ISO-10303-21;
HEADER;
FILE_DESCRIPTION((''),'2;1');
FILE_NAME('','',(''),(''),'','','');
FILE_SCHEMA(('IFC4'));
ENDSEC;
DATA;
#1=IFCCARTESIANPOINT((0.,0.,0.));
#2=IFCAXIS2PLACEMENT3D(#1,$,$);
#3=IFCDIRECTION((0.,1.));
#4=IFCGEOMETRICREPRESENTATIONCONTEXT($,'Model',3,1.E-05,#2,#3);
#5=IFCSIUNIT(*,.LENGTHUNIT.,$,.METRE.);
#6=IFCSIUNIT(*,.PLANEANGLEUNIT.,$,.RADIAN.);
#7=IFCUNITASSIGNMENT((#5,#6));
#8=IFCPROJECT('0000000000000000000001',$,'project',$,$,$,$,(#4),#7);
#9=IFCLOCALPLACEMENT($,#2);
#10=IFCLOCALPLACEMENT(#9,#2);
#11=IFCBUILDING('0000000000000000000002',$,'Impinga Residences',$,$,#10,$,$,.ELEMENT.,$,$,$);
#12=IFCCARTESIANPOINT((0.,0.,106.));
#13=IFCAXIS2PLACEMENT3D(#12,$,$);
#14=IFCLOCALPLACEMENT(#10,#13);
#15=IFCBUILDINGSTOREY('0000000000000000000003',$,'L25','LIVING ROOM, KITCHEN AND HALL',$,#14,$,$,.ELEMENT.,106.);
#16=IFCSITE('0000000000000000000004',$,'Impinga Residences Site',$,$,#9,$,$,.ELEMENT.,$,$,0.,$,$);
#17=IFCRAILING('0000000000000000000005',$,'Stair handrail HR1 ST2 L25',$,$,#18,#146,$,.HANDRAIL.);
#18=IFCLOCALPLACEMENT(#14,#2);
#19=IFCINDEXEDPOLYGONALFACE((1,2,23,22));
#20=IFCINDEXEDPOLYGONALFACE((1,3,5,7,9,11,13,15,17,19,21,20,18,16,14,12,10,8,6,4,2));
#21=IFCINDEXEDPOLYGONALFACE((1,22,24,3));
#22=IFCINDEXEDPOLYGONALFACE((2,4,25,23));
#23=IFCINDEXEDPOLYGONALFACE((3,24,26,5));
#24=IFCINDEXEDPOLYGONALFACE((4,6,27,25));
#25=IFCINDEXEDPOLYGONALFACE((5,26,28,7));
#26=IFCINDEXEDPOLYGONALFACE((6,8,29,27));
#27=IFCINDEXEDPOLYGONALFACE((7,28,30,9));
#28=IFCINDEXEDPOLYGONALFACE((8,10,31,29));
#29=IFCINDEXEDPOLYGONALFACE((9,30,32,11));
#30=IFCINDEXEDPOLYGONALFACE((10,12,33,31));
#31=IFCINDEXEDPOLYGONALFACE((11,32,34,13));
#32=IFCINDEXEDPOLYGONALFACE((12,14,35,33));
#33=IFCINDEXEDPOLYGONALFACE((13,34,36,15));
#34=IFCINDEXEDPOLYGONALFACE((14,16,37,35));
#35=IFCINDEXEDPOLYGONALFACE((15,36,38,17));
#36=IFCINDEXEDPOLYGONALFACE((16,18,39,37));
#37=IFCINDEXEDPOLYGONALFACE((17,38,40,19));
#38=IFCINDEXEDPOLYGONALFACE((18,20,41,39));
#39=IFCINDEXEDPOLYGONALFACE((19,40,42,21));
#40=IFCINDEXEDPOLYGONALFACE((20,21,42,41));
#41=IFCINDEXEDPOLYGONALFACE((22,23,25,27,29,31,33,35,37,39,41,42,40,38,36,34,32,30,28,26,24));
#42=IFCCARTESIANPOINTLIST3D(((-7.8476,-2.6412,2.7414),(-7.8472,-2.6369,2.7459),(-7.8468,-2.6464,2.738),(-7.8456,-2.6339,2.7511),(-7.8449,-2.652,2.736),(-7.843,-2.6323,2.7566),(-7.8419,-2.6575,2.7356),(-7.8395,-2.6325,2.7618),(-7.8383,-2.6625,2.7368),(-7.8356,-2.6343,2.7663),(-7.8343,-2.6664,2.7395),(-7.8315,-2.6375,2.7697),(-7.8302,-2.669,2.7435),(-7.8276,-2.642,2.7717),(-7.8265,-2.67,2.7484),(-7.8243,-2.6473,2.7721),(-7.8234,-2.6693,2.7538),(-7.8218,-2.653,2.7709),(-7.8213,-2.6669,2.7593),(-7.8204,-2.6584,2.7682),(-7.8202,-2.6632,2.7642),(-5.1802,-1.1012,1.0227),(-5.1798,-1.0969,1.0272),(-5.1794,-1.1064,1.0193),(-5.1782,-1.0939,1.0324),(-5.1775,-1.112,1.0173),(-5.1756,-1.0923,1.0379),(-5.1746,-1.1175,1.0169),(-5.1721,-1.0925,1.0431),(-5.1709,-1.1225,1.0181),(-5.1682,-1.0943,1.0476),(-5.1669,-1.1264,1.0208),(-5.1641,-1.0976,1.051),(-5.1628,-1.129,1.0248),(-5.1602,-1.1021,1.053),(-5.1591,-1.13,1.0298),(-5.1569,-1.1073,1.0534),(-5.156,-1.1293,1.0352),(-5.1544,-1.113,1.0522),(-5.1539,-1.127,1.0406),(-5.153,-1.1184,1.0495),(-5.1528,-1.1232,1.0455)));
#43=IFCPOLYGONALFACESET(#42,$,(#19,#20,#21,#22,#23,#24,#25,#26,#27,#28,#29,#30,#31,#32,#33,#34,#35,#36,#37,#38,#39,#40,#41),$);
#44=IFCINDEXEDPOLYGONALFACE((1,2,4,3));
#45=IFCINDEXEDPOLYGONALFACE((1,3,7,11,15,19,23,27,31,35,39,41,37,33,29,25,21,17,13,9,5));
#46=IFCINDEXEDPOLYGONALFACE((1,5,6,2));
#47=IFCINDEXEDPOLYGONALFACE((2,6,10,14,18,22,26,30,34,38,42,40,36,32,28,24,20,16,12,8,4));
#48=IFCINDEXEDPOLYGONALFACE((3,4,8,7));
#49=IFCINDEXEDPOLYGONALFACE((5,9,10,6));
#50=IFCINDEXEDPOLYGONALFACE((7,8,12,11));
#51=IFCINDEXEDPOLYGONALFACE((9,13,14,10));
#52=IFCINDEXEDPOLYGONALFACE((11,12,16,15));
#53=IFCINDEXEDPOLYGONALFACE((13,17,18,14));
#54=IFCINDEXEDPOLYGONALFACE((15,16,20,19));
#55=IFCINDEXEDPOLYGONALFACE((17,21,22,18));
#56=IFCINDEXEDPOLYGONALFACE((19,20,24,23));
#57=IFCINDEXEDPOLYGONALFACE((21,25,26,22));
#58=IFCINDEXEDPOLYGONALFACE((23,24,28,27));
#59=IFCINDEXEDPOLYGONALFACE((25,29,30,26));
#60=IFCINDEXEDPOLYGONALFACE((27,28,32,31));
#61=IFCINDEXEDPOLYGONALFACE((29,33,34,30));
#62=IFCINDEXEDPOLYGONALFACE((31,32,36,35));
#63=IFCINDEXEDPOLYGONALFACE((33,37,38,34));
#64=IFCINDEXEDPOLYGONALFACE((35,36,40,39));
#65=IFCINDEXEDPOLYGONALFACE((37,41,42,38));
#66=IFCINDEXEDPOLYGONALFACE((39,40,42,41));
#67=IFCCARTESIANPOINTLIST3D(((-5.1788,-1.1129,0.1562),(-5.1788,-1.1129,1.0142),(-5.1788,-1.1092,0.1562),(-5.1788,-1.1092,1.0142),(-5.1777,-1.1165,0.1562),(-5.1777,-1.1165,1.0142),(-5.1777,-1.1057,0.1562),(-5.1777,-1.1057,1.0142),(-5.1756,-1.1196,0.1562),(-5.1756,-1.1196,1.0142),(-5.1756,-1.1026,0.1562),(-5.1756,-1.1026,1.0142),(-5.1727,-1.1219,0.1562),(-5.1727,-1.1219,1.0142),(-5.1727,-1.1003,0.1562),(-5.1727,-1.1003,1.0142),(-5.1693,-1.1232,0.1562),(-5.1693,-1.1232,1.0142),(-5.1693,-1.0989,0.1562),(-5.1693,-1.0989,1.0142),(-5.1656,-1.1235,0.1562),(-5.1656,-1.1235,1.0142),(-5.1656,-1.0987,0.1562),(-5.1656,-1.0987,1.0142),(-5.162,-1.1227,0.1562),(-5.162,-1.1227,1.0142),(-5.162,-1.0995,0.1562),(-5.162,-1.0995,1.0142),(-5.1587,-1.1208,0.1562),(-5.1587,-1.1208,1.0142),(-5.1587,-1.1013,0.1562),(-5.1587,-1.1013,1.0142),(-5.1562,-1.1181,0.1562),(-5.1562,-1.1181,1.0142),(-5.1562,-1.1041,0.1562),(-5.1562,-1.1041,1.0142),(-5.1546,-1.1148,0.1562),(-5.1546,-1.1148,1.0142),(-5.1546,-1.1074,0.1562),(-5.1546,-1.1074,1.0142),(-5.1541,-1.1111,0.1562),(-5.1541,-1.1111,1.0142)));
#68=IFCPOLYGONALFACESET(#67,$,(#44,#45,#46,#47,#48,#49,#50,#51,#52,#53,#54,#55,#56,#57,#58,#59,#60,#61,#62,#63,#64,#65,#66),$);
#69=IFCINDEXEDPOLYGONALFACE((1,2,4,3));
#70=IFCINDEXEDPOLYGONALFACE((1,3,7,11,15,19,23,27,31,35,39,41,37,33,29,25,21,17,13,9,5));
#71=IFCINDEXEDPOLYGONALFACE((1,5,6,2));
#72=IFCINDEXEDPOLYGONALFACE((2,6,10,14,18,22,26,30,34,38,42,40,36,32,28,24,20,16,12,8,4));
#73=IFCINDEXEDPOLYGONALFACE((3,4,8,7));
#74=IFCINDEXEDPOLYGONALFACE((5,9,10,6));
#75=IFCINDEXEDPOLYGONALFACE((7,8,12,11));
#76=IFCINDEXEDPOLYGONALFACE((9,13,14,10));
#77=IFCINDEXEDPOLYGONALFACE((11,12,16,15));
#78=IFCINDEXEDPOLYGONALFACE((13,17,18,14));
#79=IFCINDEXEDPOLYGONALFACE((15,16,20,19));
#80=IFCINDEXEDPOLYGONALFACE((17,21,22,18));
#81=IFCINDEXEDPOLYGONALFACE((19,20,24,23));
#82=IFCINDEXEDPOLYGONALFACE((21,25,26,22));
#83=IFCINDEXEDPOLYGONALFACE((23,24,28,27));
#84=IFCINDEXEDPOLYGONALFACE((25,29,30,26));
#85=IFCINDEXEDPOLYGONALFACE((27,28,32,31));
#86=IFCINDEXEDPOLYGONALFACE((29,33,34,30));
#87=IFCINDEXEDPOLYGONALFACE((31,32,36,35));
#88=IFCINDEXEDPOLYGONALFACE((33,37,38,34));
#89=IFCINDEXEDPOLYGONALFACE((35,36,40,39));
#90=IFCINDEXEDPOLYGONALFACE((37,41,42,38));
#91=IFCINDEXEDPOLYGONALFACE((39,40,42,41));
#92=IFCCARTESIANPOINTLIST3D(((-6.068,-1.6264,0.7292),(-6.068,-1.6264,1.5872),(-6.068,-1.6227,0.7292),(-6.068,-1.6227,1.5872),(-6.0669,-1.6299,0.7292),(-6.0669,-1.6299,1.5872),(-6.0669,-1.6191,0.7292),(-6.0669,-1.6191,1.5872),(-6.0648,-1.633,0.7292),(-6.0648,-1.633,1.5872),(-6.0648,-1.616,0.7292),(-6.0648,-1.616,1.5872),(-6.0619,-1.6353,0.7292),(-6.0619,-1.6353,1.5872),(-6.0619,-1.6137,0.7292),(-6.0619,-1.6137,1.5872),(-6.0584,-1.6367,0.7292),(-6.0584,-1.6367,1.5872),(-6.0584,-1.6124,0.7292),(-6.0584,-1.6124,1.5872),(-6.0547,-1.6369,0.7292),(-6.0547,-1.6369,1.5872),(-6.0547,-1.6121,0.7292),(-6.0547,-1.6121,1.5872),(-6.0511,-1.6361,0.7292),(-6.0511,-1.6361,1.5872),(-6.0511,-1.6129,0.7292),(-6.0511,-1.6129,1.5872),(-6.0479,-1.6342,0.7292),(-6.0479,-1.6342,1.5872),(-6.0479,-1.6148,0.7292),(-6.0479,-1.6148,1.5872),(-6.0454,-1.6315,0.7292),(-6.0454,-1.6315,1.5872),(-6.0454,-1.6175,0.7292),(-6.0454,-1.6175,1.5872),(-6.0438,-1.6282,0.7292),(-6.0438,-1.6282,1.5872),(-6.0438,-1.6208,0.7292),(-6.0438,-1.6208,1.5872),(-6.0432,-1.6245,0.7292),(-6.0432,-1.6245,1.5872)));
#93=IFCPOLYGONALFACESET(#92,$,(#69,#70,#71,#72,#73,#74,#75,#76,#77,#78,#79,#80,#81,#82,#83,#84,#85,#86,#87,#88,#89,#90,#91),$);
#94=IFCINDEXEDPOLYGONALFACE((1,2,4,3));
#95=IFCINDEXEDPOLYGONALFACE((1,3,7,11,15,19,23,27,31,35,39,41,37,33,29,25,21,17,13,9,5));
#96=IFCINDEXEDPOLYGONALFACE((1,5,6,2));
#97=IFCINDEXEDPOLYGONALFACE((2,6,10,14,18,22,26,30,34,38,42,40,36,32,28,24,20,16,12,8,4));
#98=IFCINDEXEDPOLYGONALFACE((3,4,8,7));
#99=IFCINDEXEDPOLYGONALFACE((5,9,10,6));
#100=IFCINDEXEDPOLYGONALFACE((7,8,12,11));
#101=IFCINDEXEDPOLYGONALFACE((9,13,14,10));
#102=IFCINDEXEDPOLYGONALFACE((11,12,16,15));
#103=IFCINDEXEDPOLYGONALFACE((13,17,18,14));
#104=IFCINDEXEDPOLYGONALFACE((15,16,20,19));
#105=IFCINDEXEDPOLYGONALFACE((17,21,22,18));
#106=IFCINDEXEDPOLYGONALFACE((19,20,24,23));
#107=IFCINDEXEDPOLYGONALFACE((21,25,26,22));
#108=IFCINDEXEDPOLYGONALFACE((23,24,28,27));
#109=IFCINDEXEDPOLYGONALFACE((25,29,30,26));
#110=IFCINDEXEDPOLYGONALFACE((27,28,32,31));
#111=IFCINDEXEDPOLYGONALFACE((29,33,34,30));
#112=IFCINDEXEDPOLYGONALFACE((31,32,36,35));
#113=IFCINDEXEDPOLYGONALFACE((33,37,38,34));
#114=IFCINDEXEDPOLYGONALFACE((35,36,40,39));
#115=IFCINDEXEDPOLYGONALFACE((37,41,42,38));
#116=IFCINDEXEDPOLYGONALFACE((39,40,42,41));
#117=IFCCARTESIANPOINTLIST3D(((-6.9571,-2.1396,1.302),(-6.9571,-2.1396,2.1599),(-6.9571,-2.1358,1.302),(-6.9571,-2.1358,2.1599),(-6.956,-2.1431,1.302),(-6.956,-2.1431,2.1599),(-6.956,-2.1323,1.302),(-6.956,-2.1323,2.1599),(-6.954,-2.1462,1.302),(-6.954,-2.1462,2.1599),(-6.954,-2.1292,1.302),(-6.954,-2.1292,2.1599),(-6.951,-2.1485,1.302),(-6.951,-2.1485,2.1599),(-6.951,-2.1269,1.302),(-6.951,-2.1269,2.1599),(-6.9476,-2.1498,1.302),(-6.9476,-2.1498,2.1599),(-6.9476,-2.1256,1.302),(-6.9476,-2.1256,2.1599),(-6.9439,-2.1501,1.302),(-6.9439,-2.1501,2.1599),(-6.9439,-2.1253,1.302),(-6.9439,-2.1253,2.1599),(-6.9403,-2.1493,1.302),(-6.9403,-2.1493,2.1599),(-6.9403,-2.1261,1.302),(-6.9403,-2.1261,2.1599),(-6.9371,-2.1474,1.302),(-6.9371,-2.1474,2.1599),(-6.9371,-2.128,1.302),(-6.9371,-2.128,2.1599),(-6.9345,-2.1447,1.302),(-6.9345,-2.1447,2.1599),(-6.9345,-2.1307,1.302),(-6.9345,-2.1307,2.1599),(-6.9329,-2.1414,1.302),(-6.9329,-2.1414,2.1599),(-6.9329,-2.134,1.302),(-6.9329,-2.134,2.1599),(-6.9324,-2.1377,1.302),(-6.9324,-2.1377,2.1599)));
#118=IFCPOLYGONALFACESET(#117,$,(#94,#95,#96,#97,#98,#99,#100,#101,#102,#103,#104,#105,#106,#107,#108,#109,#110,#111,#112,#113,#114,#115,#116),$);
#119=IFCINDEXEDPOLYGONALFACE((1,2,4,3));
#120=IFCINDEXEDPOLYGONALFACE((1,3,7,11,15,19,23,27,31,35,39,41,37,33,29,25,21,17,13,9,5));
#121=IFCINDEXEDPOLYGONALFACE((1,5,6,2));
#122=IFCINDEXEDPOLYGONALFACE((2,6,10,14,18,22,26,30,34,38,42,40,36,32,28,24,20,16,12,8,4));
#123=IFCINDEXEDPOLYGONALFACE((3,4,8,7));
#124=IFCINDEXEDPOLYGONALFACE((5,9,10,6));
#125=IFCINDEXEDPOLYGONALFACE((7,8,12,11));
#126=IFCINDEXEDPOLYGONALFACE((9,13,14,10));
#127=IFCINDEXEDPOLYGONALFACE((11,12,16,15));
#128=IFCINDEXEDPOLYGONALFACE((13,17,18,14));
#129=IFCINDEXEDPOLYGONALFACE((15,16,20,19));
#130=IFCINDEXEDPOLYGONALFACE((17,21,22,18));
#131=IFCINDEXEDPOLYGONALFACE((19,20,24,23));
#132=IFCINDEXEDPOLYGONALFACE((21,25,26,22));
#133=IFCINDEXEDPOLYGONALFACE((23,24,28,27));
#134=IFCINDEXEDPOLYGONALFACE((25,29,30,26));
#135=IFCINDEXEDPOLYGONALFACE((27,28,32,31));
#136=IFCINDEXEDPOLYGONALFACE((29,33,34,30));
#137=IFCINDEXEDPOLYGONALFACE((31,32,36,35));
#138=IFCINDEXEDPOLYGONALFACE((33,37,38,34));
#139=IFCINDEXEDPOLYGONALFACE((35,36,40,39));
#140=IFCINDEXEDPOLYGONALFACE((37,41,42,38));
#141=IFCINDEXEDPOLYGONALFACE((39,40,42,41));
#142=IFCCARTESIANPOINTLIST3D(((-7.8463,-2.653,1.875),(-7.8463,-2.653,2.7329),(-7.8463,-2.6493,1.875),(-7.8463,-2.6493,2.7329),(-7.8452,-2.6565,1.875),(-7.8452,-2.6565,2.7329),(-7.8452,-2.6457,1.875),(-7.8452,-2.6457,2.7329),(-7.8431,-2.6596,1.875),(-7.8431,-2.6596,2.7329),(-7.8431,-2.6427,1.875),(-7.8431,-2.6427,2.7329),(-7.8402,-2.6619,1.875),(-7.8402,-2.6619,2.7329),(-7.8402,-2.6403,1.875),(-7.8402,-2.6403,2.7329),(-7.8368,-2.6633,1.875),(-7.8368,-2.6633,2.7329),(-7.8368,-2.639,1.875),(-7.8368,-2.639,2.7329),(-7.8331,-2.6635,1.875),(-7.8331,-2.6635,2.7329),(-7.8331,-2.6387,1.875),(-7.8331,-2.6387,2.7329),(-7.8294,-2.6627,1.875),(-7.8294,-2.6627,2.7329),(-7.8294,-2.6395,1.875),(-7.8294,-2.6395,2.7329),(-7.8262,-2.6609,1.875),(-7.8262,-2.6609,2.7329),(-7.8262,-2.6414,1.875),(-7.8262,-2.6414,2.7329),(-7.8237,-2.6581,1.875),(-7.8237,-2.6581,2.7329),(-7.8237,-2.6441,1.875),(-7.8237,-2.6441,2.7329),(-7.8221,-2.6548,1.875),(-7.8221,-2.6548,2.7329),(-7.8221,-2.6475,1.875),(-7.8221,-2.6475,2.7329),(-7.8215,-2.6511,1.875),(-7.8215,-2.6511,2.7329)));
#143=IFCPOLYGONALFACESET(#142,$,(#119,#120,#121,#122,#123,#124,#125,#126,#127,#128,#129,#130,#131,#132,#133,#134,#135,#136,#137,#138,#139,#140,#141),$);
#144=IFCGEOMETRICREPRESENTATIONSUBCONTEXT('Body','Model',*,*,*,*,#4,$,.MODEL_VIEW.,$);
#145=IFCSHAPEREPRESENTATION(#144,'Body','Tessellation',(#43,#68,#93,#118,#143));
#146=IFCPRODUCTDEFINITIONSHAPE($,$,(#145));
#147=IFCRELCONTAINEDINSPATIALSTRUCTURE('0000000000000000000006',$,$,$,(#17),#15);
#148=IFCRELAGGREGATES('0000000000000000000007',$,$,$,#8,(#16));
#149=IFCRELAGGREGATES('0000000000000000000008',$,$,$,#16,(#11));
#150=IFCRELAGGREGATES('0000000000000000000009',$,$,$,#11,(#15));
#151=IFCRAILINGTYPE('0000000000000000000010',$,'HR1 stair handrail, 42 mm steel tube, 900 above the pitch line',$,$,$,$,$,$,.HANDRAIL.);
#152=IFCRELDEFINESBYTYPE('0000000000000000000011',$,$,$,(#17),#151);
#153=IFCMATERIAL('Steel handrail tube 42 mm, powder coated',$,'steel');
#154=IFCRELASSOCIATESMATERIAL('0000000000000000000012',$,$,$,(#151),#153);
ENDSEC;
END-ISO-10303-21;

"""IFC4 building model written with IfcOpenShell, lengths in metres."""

from ifc_helpers import new_model, si_unit, direction, frame, origin, origin_2d, place, context, subcontext, project, spatial, circle, extrude, material, type_object, element, save


model = new_model("IFC4")

# Units and contexts
model_context = context("Model", 3, precision=1e-05, world=origin(), true_north=direction((0.0, 1.0)))
body_context = subcontext(model_context, "Body", "Model", "MODEL_VIEW")
ifc_project = project(units=[si_unit("LENGTHUNIT", "METRE"), si_unit("PLANEANGLEUNIT", "RADIAN")], contexts=[model_context])

# Site, building, storey
site_placement = place(None, origin())
site = spatial("IfcSite", under=ifc_project, at=site_placement, Name="Impinga Residences Site", CompositionType="ELEMENT", RefElevation=0.0)
building_placement = place(site_placement, origin())
building = spatial("IfcBuilding", under=site, at=building_placement, Name="Impinga Residences", CompositionType="ELEMENT")
storey_placement = place(building_placement, frame((0.0, 0.0, 106.0)))
storey = spatial("IfcBuildingStorey", under=building, at=storey_placement, Name="L25", Description="LIVING ROOM, KITCHEN AND HALL", CompositionType="ELEMENT", Elevation=106.0)

# Railing
ifc_material_1 = material(Name="Steel handrail tube 42 mm, powder coated", Category="steel")
railing_type = type_object("IfcRailingType", Name="HR1 stair handrail, 42 mm steel tube, 900 above the pitch line", PredefinedType="HANDRAIL", material=ifc_material_1)
railing_placement = place(storey_placement, frame((-5.1665, -1.1111, 0.1562)))
element("IfcRailing", 1, at=railing_placement, inside=storey, type_object=railing_type, Name="Stair handrail HR1 ST2 L25", PredefinedType="HANDRAIL", context=body_context, shape_type="SweptSolid", body=[
    extrude(circle(Radius=0.021, at=origin_2d()), frame((0.0, 0.0, 0.8789), z_axis=(-0.756256, -0.436616, 0.487282), x_axis=(0.499992, -0.86603, 0.0)), (0.0, 0.0, 1.0), 3.5271),
    extrude(circle(Radius=0.0125, at=origin_2d()), origin(), (0.0, 0.0, 1.0), 0.8579),
    extrude(circle(Radius=0.0125, at=origin_2d()), frame((-0.8892, -0.5134, 0.573)), (0.0, 0.0, 1.0), 0.8579),
    extrude(circle(Radius=0.0125, at=origin_2d()), frame((-1.7783, -1.0266, 1.1458)), (0.0, 0.0, 1.0), 0.8579),
    extrude(circle(Radius=0.0125, at=origin_2d()), frame((-2.6675, -1.54, 1.7188)), (0.0, 0.0, 1.0), 0.8579),
])

save(model, "model.ifc")
